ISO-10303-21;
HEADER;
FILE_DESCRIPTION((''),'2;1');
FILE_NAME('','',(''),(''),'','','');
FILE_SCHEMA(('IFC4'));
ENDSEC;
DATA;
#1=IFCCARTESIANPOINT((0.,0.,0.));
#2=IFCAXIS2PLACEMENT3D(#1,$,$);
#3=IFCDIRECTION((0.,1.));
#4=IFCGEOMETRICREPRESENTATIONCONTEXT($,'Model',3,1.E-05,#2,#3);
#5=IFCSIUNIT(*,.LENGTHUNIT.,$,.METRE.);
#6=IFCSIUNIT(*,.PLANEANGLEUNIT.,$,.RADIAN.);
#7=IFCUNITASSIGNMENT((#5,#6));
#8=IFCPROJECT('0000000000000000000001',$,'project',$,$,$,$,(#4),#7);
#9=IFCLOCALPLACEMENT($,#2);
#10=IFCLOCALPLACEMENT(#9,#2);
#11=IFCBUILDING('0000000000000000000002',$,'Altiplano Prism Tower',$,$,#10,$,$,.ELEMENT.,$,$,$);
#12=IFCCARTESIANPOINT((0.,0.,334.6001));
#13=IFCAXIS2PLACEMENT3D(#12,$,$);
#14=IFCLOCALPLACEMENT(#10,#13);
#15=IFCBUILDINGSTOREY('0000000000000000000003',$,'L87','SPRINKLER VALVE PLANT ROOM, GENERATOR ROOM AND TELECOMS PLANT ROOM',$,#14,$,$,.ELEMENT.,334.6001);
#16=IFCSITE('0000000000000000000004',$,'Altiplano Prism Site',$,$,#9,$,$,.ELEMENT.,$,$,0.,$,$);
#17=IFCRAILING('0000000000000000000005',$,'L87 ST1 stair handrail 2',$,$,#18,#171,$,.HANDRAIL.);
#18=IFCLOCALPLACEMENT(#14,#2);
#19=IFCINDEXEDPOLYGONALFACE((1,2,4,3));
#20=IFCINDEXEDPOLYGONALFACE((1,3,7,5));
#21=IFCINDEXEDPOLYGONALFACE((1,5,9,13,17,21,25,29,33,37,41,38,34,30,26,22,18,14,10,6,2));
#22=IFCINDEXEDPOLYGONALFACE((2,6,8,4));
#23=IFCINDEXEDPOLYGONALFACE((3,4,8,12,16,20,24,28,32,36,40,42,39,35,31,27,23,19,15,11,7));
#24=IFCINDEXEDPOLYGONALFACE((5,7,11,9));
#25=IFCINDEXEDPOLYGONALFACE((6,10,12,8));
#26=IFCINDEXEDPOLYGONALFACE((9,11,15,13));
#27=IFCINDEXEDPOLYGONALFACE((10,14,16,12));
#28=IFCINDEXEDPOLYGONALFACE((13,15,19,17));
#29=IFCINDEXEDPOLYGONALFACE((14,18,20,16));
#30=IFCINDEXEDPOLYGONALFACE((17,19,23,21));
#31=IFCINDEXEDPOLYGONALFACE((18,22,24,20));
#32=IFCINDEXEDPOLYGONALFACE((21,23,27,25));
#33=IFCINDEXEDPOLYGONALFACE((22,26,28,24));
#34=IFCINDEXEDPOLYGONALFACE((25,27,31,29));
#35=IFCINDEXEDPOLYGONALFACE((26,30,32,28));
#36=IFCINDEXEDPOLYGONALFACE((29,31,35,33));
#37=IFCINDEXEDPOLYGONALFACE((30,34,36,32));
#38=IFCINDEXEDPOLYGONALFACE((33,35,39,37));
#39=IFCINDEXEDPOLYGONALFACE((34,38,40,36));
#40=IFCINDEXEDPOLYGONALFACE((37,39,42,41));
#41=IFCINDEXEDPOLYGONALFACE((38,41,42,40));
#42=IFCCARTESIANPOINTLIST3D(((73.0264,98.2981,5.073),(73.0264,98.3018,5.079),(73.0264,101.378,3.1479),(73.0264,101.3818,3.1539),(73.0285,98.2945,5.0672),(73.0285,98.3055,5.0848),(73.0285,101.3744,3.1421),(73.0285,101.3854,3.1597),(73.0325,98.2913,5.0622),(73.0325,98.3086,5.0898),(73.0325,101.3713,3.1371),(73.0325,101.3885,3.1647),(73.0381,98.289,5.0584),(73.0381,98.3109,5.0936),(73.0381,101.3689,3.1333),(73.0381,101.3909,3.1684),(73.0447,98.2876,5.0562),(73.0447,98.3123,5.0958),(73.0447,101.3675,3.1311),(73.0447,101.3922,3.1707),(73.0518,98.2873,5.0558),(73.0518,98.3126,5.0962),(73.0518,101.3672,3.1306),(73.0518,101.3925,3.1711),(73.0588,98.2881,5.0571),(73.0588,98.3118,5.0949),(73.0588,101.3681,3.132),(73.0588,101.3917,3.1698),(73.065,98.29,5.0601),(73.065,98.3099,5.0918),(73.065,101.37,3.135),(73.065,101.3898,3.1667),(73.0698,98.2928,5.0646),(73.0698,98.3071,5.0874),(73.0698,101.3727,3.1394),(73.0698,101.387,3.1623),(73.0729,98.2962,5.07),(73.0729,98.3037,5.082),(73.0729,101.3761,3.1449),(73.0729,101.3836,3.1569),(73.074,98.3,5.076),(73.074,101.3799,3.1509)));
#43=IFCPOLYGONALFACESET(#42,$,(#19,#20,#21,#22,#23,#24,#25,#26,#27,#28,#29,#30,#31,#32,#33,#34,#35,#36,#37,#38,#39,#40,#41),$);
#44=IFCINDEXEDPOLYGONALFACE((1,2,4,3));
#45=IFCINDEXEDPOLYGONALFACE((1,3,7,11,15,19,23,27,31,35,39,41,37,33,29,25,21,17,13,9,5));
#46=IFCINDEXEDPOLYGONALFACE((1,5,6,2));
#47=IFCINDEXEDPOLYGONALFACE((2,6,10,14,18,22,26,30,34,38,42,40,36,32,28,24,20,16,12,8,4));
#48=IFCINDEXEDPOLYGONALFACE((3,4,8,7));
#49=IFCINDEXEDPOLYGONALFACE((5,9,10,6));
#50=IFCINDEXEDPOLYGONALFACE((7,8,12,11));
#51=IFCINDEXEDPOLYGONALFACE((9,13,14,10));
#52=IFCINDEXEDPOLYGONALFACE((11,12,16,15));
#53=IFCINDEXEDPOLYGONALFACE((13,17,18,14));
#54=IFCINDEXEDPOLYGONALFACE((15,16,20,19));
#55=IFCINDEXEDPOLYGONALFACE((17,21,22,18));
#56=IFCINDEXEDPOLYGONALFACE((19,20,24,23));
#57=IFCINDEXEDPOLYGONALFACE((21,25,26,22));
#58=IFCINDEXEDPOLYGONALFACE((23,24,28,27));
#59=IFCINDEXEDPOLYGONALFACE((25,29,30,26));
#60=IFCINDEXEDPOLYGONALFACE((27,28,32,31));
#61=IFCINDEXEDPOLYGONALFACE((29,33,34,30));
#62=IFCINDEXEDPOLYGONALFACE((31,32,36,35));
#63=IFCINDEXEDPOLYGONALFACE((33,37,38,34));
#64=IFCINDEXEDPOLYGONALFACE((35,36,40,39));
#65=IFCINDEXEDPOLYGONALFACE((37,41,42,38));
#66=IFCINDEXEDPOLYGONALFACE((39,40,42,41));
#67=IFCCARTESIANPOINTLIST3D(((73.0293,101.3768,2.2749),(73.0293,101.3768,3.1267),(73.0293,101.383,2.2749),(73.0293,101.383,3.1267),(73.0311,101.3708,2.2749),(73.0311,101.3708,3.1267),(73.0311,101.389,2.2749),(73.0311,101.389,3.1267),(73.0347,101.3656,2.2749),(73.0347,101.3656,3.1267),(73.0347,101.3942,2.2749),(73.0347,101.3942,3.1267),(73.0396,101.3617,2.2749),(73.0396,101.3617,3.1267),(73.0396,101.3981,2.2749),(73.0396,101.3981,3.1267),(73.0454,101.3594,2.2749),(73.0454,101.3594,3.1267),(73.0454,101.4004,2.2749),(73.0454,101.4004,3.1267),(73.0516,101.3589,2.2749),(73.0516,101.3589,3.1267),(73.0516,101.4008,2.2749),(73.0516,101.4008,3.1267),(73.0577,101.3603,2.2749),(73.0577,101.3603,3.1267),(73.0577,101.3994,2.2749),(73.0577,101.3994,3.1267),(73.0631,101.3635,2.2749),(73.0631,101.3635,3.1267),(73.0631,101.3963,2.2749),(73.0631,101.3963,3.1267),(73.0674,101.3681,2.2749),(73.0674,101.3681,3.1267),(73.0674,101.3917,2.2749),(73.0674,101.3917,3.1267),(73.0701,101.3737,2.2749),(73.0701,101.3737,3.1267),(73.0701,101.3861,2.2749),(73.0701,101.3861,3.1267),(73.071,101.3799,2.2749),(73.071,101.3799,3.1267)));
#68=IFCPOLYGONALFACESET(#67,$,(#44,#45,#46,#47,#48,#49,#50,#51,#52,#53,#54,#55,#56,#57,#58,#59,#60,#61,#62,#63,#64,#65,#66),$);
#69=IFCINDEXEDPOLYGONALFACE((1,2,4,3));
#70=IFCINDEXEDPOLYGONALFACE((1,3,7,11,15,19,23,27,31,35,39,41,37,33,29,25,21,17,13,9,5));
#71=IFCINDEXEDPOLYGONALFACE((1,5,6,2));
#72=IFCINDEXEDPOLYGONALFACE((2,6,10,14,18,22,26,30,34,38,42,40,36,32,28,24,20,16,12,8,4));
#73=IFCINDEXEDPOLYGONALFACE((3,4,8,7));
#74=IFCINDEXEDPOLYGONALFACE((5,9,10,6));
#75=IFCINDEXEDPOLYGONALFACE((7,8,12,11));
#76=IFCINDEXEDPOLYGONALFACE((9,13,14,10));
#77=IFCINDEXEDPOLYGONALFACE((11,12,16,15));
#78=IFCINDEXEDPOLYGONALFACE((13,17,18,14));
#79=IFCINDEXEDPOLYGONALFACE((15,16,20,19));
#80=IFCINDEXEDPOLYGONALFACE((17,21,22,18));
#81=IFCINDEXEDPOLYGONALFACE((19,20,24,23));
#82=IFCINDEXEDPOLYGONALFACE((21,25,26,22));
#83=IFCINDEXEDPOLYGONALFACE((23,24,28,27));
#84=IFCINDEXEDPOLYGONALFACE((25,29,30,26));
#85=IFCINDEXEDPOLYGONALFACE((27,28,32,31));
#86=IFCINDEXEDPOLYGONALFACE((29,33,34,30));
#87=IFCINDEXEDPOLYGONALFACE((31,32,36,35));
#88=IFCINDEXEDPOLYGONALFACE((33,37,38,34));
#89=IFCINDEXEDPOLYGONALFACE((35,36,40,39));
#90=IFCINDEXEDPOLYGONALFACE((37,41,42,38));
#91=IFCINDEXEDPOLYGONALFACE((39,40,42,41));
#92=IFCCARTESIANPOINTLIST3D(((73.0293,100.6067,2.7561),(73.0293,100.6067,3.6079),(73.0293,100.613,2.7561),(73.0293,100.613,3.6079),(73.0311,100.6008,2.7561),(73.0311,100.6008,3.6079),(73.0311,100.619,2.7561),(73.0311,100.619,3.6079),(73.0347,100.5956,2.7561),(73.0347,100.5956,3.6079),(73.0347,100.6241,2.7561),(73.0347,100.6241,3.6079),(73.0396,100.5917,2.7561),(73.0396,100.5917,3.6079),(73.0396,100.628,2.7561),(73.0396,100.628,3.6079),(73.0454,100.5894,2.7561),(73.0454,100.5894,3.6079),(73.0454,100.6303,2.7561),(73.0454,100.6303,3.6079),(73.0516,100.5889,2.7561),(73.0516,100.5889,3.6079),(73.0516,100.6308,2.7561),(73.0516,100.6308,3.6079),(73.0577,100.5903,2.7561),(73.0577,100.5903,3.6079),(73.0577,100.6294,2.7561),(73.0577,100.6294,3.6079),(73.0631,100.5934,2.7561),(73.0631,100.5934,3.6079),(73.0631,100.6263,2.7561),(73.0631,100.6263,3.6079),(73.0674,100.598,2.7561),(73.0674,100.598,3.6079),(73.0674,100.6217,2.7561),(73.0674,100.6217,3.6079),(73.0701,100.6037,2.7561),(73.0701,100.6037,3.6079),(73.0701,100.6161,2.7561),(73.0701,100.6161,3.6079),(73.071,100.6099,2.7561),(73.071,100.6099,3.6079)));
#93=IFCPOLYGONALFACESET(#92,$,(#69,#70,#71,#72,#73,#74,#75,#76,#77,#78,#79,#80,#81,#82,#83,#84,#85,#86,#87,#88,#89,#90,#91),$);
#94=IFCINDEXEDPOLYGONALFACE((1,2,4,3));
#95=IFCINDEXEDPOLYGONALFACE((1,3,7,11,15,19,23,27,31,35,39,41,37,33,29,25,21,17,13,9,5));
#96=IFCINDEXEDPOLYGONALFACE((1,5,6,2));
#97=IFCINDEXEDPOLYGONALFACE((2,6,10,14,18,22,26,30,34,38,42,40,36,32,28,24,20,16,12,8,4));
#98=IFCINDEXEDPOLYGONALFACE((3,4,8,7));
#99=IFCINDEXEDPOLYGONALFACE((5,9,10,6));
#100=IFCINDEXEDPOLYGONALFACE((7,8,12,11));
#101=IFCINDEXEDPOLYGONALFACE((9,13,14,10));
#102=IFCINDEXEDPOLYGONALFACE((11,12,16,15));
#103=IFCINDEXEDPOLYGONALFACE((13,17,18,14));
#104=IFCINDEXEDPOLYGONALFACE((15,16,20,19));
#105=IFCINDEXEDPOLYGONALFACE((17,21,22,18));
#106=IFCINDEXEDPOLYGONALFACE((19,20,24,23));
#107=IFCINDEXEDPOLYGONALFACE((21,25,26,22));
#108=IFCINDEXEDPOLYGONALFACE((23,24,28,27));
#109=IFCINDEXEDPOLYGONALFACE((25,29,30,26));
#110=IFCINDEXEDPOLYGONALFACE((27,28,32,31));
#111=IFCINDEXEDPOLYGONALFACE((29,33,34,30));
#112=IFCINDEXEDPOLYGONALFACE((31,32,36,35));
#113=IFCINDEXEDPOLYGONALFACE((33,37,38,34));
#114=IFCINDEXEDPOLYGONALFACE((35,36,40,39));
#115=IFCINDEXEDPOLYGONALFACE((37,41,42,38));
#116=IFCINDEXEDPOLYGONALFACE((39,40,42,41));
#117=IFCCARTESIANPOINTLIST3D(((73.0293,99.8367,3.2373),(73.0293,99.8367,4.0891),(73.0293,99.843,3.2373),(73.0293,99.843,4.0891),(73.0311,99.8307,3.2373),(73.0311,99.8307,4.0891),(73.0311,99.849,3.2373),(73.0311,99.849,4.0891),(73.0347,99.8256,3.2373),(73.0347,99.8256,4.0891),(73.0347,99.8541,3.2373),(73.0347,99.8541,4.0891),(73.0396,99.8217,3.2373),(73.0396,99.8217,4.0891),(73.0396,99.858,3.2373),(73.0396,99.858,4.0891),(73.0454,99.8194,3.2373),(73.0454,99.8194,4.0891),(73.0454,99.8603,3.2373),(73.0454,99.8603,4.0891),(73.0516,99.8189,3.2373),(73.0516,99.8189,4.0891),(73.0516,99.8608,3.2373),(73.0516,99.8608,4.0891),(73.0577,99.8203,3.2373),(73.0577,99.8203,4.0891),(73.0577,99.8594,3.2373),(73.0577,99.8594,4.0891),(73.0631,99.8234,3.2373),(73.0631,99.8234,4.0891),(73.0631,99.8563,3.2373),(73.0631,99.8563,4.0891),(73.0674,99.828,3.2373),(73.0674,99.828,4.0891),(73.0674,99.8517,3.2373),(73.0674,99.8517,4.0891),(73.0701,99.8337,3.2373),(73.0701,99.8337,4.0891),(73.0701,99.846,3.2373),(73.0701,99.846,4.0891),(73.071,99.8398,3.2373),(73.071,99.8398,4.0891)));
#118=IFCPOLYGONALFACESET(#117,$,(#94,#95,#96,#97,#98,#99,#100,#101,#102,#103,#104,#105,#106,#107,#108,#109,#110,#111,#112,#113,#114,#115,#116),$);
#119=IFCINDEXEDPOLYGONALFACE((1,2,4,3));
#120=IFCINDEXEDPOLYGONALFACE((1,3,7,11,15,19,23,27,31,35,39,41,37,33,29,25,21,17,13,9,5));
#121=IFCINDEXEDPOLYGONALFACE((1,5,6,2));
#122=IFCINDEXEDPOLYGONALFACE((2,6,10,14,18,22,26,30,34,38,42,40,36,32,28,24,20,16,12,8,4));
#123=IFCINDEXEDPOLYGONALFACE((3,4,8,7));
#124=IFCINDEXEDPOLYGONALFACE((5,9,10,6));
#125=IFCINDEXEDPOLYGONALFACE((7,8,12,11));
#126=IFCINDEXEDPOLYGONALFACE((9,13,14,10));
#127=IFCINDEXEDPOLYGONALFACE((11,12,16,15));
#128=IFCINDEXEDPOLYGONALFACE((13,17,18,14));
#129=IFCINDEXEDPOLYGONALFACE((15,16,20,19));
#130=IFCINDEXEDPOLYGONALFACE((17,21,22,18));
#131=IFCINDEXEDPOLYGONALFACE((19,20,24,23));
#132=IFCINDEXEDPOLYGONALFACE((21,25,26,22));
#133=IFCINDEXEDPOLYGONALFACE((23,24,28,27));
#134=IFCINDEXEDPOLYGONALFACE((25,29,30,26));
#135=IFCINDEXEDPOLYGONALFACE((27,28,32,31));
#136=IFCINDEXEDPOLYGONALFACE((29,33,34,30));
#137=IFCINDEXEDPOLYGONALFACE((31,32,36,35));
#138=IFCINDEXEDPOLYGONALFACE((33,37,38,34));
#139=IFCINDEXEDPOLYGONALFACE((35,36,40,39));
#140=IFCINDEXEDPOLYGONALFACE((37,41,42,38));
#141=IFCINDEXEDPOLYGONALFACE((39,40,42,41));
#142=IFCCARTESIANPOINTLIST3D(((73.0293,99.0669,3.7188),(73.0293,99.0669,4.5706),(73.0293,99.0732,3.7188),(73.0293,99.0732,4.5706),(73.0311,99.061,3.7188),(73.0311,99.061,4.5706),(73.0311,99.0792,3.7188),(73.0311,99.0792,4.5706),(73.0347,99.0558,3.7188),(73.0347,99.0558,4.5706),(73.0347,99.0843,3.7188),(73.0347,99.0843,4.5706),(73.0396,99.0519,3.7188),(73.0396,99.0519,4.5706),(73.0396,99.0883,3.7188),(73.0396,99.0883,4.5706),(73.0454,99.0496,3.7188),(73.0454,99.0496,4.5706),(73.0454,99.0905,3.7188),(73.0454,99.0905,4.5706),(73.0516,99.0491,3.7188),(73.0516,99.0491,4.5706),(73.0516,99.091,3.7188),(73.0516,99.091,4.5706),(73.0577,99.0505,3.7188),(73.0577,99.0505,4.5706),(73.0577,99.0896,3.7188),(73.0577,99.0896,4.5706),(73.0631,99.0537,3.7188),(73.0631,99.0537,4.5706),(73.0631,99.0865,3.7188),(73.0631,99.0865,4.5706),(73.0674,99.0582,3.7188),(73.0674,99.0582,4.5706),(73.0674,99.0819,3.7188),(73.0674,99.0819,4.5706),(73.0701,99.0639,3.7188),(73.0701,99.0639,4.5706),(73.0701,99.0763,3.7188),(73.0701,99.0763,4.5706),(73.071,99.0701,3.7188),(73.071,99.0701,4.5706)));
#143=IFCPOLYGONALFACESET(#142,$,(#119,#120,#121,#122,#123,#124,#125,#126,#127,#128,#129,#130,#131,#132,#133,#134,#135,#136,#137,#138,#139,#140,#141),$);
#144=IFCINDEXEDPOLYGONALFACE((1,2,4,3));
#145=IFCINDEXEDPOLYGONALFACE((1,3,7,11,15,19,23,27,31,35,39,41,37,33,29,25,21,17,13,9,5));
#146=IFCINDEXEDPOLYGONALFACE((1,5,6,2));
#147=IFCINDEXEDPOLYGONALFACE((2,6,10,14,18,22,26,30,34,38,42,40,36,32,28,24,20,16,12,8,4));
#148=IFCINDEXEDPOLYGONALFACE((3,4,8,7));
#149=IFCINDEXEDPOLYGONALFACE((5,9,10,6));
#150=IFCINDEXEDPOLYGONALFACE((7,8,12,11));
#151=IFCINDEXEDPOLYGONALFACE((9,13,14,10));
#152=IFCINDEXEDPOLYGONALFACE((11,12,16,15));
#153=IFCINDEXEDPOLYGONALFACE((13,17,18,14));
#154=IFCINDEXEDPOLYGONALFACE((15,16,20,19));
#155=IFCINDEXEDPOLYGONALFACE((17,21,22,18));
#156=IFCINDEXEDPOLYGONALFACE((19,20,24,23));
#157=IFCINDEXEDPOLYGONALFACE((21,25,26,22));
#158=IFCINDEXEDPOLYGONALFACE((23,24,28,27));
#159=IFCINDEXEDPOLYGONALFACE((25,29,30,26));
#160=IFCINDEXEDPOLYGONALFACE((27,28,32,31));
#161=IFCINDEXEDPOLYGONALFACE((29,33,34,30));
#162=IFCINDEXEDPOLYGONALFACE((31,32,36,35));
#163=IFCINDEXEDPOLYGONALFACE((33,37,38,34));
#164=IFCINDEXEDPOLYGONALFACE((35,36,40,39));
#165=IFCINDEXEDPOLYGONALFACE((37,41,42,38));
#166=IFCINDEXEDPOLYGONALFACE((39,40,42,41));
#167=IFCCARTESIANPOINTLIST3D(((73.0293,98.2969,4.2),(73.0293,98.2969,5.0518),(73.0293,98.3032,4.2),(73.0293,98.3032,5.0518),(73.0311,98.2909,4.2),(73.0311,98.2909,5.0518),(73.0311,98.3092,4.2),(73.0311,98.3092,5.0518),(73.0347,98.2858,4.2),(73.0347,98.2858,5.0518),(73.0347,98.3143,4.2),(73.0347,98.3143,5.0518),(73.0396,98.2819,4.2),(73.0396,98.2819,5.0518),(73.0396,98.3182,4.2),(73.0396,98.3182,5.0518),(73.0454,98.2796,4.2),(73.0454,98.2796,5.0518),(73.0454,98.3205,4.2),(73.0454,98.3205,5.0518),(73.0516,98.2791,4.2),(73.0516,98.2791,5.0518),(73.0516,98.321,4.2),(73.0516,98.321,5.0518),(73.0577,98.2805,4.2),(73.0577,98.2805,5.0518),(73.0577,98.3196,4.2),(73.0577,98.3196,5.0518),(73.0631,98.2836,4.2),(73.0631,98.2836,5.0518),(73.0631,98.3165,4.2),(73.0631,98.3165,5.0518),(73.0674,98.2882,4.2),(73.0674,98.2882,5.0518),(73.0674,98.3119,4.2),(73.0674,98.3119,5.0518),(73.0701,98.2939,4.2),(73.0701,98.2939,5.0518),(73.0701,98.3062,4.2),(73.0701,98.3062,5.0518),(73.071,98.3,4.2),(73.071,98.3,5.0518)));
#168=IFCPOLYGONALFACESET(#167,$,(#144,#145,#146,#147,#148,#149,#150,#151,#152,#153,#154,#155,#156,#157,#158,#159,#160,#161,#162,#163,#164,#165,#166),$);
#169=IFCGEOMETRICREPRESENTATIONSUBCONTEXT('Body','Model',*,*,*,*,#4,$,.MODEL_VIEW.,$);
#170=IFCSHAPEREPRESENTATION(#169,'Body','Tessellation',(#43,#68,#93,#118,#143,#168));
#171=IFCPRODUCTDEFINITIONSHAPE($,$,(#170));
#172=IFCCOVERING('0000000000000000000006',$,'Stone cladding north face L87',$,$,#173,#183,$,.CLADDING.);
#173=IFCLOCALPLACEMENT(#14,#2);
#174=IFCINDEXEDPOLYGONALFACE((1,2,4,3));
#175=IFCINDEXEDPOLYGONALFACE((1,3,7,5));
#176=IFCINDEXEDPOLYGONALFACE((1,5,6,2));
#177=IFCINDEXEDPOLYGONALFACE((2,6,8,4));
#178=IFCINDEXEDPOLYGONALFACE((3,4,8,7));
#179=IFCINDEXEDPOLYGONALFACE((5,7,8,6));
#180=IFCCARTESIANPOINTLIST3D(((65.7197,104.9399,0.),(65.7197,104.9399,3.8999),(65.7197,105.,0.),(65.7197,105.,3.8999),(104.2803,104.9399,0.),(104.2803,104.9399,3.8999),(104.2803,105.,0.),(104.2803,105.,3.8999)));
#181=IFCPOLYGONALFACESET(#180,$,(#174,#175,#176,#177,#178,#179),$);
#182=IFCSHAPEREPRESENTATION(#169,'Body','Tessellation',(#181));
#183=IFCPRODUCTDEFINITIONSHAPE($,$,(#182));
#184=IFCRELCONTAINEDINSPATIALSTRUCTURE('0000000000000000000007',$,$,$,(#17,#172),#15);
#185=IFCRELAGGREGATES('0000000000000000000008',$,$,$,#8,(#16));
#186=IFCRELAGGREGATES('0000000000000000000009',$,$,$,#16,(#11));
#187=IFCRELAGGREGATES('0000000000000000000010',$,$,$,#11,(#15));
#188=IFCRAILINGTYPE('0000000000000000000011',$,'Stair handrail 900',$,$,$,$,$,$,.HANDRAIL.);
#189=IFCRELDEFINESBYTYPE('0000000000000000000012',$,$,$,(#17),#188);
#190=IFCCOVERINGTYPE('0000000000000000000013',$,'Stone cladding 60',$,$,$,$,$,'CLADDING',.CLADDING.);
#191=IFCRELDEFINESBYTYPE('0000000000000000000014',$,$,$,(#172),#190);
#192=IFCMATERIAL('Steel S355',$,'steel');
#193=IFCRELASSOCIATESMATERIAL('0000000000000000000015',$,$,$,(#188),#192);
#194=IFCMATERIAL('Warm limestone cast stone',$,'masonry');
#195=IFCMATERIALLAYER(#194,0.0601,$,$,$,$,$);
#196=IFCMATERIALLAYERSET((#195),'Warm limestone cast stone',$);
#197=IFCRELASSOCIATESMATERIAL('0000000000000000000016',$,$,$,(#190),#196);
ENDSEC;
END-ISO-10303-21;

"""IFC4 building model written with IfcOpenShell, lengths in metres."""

from ifc_helpers import new_model, si_unit, direction, frame, frame_2d, origin, origin_2d, place, context, subcontext, project, spatial, rectangle, circle, extrude, material, layer, layer_set, type_object, element, save


model = new_model("IFC4")

# Units and contexts
model_context = context("Model", 3, precision=1e-05, world=origin(), true_north=direction((0.0, 1.0)))
body_context = subcontext(model_context, "Body", "Model", "MODEL_VIEW")
ifc_project = project(units=[si_unit("LENGTHUNIT", "METRE"), si_unit("PLANEANGLEUNIT", "RADIAN")], contexts=[model_context])

# Site, building, storey
site_placement = place(None, origin())
site = spatial("IfcSite", under=ifc_project, at=site_placement, Name="Altiplano Prism Site", CompositionType="ELEMENT", RefElevation=0.0)
building_placement = place(site_placement, origin())
building = spatial("IfcBuilding", under=site, at=building_placement, Name="Altiplano Prism Tower", CompositionType="ELEMENT")
storey_placement = place(building_placement, frame((0.0, 0.0, 334.6001)))
storey = spatial("IfcBuildingStorey", under=building, at=storey_placement, Name="L87", Description="SPRINKLER VALVE PLANT ROOM, GENERATOR ROOM AND TELECOMS PLANT ROOM", CompositionType="ELEMENT", Elevation=334.6001)

# Shared definitions
ifc_material_1 = material(Name="Steel S355", Category="steel")

# Railing
railing_type = type_object("IfcRailingType", Name="Stair handrail 900", PredefinedType="HANDRAIL", material=ifc_material_1)
railing_placement = place(storey_placement, frame((73.05, 101.3799, 2.2749)))
element("IfcRailing", 1, at=railing_placement, inside=storey, type_object=railing_type, Name="L87 ST1 stair handrail 2", PredefinedType="HANDRAIL", context=body_context, shape_type="SweptSolid", body=[
    extrude(circle(Radius=0.0239, at=origin_2d()), frame((0.0, 0.0, 0.876), z_axis=(0.0, -0.847979, 0.530029), x_axis=(1.0, 0.0, 0.0)), (0.0, 0.0, 1.0), 3.6321),
    extrude(circle(Radius=0.021, at=origin_2d()), origin(), (0.0, 0.0, 1.0), 0.8518),
    extrude(circle(Radius=0.021, at=origin_2d()), frame((0.0, -0.77, 0.4812)), (0.0, 0.0, 1.0), 0.8518),
    extrude(circle(Radius=0.021, at=origin_2d()), frame((0.0, -1.54, 0.9624)), (0.0, 0.0, 1.0), 0.8518),
    extrude(circle(Radius=0.021, at=origin_2d()), frame((0.0, -2.3098, 1.4438)), (0.0, 0.0, 1.0), 0.8518),
    extrude(circle(Radius=0.021, at=origin_2d()), frame((0.0, -3.0798, 1.925)), (0.0, 0.0, 1.0), 0.8518),
])

# Covering
ifc_material_2 = material(Name="Warm limestone cast stone", Category="masonry")
ifc_layer_1 = layer(ifc_material_2, 0.0601)
ifc_layer_set_1 = layer_set([ifc_layer_1], Name="Warm limestone cast stone")
covering_type = type_object("IfcCoveringType", Name="Stone cladding 60", ElementType="CLADDING", PredefinedType="CLADDING", material=ifc_layer_set_1)
covering_placement = place(storey_placement, frame((65.7197, 104.97, 0.0), z_axis=(0.0, 0.0, 1.0), x_axis=(1.0, 0.0, 0.0)))
element("IfcCovering", 2, at=covering_placement, inside=storey, type_object=covering_type, Name="Stone cladding north face L87", PredefinedType="CLADDING", context=body_context, shape_type="SweptSolid", body=[
    extrude(rectangle(XDim=38.5605, YDim=0.0601, at=frame_2d((19.2803, 0.0))), origin(), (0.0, 0.0, 1.0), 3.8999),
])

save(model, "model.ifc")
